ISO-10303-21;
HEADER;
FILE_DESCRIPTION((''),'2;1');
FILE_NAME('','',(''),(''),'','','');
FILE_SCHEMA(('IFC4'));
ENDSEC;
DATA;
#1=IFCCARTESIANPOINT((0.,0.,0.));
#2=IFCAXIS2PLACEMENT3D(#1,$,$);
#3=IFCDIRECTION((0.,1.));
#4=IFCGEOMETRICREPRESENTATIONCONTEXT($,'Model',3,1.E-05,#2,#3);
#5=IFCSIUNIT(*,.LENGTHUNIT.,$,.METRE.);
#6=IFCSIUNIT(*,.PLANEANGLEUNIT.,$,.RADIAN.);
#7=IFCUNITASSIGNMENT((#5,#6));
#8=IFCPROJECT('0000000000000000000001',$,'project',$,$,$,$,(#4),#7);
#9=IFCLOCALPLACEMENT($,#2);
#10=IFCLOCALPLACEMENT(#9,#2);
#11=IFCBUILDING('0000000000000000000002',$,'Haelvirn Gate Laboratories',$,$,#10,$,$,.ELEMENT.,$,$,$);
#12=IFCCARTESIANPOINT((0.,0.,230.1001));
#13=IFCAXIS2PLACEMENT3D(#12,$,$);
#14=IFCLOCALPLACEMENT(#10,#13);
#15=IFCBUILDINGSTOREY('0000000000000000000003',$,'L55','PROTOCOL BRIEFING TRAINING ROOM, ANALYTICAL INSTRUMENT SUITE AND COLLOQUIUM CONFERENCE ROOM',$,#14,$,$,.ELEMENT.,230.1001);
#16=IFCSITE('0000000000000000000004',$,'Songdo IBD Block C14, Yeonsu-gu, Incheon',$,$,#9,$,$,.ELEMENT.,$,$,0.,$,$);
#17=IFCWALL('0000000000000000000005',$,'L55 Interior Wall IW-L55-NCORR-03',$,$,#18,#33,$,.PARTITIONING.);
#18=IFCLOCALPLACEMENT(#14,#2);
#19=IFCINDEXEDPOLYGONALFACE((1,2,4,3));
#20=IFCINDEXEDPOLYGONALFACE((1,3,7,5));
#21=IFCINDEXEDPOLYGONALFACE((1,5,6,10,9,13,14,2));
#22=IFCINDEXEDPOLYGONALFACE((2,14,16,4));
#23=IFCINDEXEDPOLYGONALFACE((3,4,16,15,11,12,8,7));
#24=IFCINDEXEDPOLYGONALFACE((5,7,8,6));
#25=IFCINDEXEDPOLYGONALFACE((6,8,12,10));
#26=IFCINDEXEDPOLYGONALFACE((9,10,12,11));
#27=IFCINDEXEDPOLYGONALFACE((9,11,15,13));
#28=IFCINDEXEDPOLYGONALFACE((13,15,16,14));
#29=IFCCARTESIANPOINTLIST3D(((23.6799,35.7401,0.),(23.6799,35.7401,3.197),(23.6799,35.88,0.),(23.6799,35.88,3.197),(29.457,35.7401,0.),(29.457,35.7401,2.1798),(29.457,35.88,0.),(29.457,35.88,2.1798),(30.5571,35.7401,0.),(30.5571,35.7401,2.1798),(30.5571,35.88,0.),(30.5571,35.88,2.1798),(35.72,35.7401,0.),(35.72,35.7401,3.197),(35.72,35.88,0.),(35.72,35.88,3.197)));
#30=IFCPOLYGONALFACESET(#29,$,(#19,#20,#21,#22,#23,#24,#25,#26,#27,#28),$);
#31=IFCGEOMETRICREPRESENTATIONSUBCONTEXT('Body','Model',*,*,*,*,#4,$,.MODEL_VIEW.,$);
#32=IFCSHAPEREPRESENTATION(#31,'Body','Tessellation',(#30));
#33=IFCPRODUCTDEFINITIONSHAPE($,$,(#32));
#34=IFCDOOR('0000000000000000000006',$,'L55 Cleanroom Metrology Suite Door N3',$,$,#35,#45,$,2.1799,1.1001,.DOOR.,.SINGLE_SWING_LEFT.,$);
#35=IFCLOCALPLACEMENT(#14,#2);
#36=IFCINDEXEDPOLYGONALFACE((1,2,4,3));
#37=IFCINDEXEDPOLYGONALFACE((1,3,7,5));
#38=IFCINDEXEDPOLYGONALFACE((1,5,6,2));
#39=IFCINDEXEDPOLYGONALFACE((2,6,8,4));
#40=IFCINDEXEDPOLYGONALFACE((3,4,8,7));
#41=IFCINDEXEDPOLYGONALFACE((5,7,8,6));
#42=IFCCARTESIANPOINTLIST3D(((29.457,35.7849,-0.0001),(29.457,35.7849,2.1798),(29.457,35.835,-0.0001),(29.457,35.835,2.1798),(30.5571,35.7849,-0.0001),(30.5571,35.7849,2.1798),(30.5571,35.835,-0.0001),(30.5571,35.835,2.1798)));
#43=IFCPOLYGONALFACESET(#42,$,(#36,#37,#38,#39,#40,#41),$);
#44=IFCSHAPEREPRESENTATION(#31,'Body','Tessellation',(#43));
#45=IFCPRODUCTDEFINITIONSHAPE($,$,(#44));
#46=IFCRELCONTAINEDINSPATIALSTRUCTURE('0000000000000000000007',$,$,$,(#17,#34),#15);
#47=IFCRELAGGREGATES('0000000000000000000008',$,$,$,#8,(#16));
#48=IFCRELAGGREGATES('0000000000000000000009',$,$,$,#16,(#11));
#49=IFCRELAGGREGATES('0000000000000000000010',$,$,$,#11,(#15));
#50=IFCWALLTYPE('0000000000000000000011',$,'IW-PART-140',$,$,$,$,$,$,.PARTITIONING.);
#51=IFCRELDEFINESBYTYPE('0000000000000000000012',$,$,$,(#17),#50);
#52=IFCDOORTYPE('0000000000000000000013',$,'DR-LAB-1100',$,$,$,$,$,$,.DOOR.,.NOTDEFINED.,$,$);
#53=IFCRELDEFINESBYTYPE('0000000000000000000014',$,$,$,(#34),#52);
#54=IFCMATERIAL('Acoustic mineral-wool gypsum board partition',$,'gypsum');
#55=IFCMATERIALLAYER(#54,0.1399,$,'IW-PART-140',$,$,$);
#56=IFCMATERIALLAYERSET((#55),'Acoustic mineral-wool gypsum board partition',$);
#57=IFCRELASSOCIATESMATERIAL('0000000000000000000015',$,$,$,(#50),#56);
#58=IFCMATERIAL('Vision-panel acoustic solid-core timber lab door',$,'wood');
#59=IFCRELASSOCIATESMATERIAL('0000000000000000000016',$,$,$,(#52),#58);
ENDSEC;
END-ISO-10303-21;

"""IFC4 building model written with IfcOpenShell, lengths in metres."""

from ifc_helpers import new_model, si_unit, direction, frame, frame_2d, origin, place, context, subcontext, project, spatial, rectangle, extrude, source, transform, mapped, material, layer, layer_set, type_object, type_shapes, element, fill, save


model = new_model("IFC4")

# Units and contexts
model_context = context("Model", 3, precision=1e-05, world=origin(), true_north=direction((0.0, 1.0)))
body_context = subcontext(model_context, "Body", "Model", "MODEL_VIEW")
ifc_project = project(units=[si_unit("LENGTHUNIT", "METRE"), si_unit("PLANEANGLEUNIT", "RADIAN")], contexts=[model_context])

# Site, building, storey
site_placement = place(None, origin())
site = spatial("IfcSite", under=ifc_project, at=site_placement, Name="Songdo IBD Block C14, Yeonsu-gu, Incheon", CompositionType="ELEMENT", RefElevation=0.0)
building_placement = place(site_placement, origin())
building = spatial("IfcBuilding", under=site, at=building_placement, Name="Haelvirn Gate Laboratories", CompositionType="ELEMENT")
storey_placement = place(building_placement, frame((0.0, 0.0, 230.1001)))
storey = spatial("IfcBuildingStorey", under=building, at=storey_placement, Name="L55", Description="PROTOCOL BRIEFING TRAINING ROOM, ANALYTICAL INSTRUMENT SUITE AND COLLOQUIUM CONFERENCE ROOM", CompositionType="ELEMENT", Elevation=230.1001)

# Wall, opening, door
ifc_material_1 = material(Name="Acoustic mineral-wool gypsum board partition", Category="gypsum")
ifc_layer_1 = layer(ifc_material_1, 0.1399, Name="IW-PART-140")
ifc_layer_set_1 = layer_set([ifc_layer_1], Name="Acoustic mineral-wool gypsum board partition")
wall_type_1 = type_object("IfcWallType", Name="IW-PART-140", PredefinedType="PARTITIONING", material=ifc_layer_set_1)
wall_1_placement = place(storey_placement, frame((23.6799, 35.8101, 0.0), z_axis=(0.0, 0.0, 1.0), x_axis=(1.0, 0.0, 0.0)))
wall_1 = element("IfcWall", 1, at=wall_1_placement, inside=storey, type_object=wall_type_1, Name="L55 Interior Wall IW-L55-NCORR-03", PredefinedType="PARTITIONING", context=body_context, shape_type="SweptSolid", body=[
    extrude(rectangle(XDim=12.04, YDim=0.1399, at=frame_2d((6.02, 0.0))), origin(), (0.0, 0.0, 1.0), 3.197),
])
opening_placement = place(wall_1_placement, frame((5.7771, 0.0, 0.0)))
opening = element("IfcOpeningElement", 2, at=opening_placement, cuts=wall_1, PredefinedType="OPENING", context=body_context, shape_type="SweptSolid", body=[
    extrude(rectangle(XDim=1.1001, YDim=2.1799, at=frame_2d((0.55, 1.0898))), frame((0.0, 0.0801, 0.0), z_axis=(0.0, -1.0, 0.0), x_axis=(1.0, 0.0, 0.0)), (0.0, 0.0, 1.0), 0.1599),
])
ifc_material_2 = material(Name="Vision-panel acoustic solid-core timber lab door", Category="wood")
door_type = type_object("IfcDoorType", Name="DR-LAB-1100", OperationType="NOTDEFINED", PredefinedType="DOOR", material=ifc_material_2)
shared_shape_1 = source(origin(), body_context, "Body", "SweptSolid", [
    extrude(rectangle(XDim=1.1001, YDim=2.1799, at=frame_2d((0.55, 1.0898))), frame((0.0, 0.0249, 0.0), z_axis=(0.0, -1.0, 0.0), x_axis=(1.0, 0.0, 0.0)), (0.0, 0.0, 1.0), 0.05),
])
type_shapes(door_type, [shared_shape_1])
door_placement = place(opening_placement, origin())
door = element("IfcDoor", 3, at=door_placement, inside=storey, type_object=door_type, Name="L55 Cleanroom Metrology Suite Door N3", OperationType="SINGLE_SWING_LEFT", OverallHeight=2.1799, OverallWidth=1.1001, PredefinedType="DOOR", context=body_context, shape_type="MappedRepresentation", body=[
    mapped(shared_shape_1, transform((0.0, 0.0, 0.0), scale=1.0)),
])
fill(opening, door)

save(model, "model.ifc")
